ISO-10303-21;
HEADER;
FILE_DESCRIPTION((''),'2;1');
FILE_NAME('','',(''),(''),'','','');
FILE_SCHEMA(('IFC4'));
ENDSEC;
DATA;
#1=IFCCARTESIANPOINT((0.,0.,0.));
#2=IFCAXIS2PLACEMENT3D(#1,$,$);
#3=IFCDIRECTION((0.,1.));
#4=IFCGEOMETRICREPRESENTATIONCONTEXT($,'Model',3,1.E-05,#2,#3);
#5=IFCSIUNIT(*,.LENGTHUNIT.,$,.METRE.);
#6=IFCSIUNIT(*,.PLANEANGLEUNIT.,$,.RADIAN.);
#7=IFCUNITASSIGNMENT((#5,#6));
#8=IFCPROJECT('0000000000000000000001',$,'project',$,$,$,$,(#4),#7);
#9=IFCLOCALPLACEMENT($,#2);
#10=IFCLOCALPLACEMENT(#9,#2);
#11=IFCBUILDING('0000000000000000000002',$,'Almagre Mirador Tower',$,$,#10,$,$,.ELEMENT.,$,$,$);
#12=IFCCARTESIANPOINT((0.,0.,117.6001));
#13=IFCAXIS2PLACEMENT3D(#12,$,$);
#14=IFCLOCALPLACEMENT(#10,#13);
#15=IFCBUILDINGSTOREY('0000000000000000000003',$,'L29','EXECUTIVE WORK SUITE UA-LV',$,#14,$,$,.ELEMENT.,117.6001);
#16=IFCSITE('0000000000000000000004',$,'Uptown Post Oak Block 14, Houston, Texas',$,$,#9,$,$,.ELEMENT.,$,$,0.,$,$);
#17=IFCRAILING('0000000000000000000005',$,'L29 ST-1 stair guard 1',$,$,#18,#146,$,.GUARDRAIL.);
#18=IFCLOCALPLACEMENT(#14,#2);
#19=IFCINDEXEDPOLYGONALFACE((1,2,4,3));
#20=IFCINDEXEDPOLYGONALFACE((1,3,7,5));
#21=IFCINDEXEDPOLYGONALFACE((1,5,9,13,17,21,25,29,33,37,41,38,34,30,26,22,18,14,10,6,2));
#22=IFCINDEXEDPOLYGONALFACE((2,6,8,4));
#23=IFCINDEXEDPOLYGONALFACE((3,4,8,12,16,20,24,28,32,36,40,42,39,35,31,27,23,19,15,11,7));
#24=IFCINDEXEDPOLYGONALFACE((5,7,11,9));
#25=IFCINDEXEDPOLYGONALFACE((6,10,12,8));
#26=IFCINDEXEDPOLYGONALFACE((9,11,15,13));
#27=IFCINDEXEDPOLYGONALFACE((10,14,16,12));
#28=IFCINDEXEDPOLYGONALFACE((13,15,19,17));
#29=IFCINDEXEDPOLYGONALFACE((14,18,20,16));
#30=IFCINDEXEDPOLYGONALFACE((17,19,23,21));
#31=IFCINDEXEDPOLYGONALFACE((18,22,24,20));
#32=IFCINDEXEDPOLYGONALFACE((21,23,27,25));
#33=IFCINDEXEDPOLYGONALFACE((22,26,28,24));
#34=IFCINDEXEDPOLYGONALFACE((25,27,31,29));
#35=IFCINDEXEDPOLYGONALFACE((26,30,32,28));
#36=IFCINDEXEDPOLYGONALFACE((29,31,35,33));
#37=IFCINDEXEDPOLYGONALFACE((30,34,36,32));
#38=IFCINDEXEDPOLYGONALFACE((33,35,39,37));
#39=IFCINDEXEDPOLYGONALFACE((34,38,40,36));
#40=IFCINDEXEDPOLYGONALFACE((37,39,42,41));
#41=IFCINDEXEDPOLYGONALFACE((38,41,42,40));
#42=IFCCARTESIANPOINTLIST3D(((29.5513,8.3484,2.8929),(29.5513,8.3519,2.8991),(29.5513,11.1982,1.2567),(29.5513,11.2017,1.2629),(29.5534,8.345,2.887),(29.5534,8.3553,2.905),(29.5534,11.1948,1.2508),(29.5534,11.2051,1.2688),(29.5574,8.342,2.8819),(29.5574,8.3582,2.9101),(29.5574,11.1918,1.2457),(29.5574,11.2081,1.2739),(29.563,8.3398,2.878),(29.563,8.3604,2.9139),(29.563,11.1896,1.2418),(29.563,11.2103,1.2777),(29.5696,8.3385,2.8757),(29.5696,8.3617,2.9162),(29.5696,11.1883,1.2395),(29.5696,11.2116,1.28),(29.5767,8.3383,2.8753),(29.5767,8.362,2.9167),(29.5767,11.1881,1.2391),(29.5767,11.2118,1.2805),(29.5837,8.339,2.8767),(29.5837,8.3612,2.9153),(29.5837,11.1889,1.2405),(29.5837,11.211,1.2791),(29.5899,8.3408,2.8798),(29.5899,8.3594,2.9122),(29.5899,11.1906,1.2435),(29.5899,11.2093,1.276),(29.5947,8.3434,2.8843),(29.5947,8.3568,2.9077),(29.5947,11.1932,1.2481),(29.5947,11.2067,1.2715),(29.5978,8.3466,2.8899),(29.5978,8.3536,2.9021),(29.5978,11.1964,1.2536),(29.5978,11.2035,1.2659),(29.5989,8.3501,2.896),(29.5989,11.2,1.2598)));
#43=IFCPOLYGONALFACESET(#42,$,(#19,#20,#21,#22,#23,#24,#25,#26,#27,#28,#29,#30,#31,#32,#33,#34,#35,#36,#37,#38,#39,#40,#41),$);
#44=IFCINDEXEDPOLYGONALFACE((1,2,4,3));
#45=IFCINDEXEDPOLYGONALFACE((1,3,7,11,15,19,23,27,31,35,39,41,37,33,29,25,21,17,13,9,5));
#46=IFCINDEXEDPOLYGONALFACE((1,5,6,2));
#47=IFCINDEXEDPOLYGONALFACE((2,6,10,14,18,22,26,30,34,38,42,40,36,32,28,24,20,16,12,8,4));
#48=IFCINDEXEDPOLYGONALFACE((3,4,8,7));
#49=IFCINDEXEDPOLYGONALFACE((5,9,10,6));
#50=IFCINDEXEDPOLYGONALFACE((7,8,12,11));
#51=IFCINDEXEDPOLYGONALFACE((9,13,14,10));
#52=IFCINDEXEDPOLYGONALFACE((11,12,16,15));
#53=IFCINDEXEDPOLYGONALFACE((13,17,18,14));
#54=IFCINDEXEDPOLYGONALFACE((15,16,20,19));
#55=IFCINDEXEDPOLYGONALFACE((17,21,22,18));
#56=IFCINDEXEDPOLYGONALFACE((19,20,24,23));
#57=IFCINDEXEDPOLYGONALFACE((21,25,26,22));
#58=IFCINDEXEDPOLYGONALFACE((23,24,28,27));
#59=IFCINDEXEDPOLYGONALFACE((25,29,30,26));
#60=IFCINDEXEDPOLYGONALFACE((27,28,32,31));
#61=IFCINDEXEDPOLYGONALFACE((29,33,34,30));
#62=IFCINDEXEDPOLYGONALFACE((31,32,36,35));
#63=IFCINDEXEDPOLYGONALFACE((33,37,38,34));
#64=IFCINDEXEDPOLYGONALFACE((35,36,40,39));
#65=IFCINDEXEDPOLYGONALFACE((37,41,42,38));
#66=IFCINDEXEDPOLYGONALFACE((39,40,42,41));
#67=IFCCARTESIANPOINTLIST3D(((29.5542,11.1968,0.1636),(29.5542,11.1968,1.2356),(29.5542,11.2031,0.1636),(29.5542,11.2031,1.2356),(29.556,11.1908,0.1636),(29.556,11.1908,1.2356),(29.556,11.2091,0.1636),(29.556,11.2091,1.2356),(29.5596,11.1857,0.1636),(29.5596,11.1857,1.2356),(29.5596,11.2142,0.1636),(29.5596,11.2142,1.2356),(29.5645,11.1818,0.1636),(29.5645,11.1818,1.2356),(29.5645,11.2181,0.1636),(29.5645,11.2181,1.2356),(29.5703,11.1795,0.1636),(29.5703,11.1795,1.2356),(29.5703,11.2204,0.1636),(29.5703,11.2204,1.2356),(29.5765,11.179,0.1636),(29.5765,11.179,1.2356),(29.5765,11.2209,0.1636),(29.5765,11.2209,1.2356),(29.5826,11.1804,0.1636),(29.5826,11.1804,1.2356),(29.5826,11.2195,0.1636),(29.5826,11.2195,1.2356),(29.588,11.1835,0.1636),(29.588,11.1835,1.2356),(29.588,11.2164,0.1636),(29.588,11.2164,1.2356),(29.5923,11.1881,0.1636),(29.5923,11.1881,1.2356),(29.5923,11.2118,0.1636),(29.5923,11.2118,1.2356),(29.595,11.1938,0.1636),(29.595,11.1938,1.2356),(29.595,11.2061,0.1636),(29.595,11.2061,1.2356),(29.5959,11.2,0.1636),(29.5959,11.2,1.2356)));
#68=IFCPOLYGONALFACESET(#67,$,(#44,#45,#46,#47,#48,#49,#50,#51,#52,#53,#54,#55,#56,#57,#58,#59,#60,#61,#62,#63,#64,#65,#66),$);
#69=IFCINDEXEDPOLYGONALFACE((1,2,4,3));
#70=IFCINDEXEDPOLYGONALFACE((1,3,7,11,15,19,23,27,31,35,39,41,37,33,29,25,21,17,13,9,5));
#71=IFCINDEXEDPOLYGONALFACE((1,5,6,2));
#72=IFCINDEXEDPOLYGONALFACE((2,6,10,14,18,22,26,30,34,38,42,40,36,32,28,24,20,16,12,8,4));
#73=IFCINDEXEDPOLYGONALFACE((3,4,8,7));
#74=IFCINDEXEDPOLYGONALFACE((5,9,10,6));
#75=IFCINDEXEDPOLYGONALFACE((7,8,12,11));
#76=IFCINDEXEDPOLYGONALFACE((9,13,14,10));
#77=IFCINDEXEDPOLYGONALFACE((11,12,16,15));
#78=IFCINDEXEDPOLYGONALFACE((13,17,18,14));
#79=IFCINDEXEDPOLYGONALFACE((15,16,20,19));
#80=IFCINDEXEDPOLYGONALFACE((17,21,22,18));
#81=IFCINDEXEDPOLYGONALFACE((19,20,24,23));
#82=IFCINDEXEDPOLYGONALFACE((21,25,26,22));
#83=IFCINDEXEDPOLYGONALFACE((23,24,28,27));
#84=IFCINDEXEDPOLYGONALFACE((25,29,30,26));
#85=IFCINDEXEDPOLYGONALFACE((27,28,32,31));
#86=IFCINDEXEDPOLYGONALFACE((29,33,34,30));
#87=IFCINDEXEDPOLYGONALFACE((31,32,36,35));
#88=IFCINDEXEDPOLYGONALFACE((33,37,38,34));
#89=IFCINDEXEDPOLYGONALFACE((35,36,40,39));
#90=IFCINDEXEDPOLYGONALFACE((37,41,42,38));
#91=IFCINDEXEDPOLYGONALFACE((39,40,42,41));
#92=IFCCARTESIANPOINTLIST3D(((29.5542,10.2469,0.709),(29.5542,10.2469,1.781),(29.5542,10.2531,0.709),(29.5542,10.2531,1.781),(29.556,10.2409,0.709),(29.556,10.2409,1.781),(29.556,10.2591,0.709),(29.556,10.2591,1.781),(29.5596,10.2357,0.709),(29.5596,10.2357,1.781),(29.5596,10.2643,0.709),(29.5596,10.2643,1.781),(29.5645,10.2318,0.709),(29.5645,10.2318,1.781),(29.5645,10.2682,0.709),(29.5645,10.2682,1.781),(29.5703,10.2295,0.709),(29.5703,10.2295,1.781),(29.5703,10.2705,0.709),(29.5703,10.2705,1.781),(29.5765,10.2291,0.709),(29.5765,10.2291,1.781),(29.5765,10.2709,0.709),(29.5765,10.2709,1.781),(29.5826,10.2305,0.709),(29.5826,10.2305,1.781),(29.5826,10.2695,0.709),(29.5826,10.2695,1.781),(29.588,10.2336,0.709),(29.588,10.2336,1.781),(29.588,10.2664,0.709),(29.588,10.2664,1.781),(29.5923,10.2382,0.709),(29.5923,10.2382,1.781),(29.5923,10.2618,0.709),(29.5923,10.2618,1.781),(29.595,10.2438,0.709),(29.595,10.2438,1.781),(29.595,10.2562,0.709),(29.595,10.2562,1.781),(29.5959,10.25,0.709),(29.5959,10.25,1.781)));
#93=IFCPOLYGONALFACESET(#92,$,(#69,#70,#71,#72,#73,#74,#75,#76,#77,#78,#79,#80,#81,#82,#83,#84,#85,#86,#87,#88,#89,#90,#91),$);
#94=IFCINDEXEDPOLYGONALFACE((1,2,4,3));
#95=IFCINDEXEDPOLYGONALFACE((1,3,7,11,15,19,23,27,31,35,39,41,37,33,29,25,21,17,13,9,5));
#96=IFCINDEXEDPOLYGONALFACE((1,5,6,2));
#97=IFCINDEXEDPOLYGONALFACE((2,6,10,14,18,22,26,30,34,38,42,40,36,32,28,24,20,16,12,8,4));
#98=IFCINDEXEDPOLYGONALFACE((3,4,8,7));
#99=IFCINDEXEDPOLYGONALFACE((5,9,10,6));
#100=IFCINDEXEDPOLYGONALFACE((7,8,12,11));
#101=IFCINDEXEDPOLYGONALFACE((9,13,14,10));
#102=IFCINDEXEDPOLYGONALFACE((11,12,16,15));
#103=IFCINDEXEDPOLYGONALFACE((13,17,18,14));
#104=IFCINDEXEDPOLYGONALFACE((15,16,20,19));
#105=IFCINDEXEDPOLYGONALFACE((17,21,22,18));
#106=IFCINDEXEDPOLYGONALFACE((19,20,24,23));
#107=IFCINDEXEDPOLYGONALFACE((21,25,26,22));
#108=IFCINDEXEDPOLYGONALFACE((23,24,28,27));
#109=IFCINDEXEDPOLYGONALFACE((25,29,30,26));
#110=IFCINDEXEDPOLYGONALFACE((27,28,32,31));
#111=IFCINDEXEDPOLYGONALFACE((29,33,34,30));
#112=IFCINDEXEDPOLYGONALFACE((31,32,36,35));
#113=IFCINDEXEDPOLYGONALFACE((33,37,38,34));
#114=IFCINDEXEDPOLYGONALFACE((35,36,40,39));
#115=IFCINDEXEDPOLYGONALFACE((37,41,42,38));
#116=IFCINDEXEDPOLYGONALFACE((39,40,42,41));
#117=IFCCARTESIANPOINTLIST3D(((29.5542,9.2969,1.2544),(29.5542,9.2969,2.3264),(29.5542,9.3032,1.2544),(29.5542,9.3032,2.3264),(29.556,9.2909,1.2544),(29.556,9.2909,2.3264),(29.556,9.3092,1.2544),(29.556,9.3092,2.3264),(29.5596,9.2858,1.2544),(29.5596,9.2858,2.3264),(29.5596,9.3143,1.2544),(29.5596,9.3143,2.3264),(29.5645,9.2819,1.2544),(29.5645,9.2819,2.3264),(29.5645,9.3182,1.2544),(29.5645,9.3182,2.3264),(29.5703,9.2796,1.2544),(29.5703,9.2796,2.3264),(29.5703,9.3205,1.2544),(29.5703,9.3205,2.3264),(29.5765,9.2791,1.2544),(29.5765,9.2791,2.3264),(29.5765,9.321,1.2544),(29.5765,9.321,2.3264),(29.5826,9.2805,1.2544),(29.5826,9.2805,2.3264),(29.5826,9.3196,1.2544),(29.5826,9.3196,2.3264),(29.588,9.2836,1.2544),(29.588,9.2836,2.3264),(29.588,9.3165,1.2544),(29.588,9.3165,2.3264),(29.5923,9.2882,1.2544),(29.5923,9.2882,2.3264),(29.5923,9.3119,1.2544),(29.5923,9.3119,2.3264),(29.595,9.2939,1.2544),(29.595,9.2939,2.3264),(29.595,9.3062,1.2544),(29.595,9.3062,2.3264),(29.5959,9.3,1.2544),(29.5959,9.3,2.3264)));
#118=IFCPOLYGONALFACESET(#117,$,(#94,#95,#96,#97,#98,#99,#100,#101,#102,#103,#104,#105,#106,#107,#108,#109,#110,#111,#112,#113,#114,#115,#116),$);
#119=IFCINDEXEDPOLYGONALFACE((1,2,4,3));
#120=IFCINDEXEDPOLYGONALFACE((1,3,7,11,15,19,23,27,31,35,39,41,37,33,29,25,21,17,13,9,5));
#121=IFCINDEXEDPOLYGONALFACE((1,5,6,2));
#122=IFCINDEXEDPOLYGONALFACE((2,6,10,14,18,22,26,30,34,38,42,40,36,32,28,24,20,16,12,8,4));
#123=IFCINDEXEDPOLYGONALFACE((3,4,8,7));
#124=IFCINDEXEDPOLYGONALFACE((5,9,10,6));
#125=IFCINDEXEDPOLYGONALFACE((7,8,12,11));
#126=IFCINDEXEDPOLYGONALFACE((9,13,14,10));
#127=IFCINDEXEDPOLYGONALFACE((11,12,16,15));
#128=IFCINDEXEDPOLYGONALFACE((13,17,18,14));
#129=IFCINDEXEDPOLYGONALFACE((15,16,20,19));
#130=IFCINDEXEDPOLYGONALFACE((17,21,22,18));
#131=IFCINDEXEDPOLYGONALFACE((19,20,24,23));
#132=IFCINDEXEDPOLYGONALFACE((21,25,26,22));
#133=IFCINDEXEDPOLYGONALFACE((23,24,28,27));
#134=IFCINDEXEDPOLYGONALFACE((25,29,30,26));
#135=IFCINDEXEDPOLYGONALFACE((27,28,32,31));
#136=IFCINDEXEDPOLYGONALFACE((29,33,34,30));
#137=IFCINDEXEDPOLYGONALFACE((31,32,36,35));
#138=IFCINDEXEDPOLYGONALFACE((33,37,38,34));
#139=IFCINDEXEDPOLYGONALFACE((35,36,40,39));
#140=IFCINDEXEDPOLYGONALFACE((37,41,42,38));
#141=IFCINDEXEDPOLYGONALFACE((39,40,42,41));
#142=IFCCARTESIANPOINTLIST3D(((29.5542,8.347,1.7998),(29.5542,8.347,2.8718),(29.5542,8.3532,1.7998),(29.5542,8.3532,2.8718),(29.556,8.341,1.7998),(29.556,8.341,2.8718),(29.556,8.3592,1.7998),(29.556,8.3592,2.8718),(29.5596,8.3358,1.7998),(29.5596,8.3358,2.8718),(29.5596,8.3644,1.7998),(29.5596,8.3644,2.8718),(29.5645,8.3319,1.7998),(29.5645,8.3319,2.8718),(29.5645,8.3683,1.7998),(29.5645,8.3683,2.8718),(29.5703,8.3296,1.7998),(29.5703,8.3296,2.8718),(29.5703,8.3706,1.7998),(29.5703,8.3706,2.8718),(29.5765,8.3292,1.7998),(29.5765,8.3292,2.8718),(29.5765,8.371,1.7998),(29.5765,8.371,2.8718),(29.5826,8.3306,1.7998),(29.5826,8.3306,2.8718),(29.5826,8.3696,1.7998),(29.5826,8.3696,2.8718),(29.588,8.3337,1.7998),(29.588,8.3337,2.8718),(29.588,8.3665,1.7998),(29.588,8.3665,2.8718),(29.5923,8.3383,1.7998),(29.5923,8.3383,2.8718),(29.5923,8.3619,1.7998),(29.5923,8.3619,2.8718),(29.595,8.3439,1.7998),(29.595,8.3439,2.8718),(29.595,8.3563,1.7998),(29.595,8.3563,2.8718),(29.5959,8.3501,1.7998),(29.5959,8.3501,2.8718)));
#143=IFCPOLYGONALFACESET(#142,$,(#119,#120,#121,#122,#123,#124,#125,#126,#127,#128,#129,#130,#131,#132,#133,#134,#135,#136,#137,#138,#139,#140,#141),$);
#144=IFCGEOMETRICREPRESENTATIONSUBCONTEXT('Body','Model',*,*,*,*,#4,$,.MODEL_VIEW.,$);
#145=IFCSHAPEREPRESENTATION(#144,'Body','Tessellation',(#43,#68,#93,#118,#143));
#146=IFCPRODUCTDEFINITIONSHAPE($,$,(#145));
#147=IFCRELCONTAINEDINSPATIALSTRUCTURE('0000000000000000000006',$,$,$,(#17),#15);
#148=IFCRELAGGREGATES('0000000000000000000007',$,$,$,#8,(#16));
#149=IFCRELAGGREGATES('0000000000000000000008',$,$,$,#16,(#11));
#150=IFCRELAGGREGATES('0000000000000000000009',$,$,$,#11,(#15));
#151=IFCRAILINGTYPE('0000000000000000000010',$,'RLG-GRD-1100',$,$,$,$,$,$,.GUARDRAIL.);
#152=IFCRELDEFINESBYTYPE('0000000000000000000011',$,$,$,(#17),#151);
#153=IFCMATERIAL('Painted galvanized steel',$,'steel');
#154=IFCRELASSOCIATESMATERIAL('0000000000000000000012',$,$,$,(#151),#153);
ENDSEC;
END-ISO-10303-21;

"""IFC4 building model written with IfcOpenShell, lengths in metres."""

from ifc_helpers import new_model, si_unit, direction, frame, origin, origin_2d, place, context, subcontext, project, spatial, circle, extrude, material, type_object, element, save


model = new_model("IFC4")

# Units and contexts
model_context = context("Model", 3, precision=1e-05, world=origin(), true_north=direction((0.0, 1.0)))
body_context = subcontext(model_context, "Body", "Model", "MODEL_VIEW")
ifc_project = project(units=[si_unit("LENGTHUNIT", "METRE"), si_unit("PLANEANGLEUNIT", "RADIAN")], contexts=[model_context])

# Site, building, storey
site_placement = place(None, origin())
site = spatial("IfcSite", under=ifc_project, at=site_placement, Name="Uptown Post Oak Block 14, Houston, Texas", CompositionType="ELEMENT", RefElevation=0.0)
building_placement = place(site_placement, origin())
building = spatial("IfcBuilding", under=site, at=building_placement, Name="Almagre Mirador Tower", CompositionType="ELEMENT")
storey_placement = place(building_placement, frame((0.0, 0.0, 117.6001)))
storey = spatial("IfcBuildingStorey", under=building, at=storey_placement, Name="L29", Description="EXECUTIVE WORK SUITE UA-LV", CompositionType="ELEMENT", Elevation=117.6001)

# Railing
ifc_material_1 = material(Name="Painted galvanized steel", Category="steel")
railing_type_1 = type_object("IfcRailingType", Name="RLG-GRD-1100", PredefinedType="GUARDRAIL", material=ifc_material_1)
railing_1_placement = place(storey_placement, frame((29.575, 11.2, 0.1636)))
element("IfcRailing", 1, at=railing_1_placement, inside=storey, type_object=railing_type_1, Name="L29 ST-1 stair guard 1", PredefinedType="GUARDRAIL", context=body_context, shape_type="SweptSolid", body=[
    extrude(circle(Radius=0.0239, at=origin_2d()), frame((0.0, 0.0, 1.0962), z_axis=(0.0, -0.867226, 0.497914), x_axis=(1.0, 0.0, 0.0)), (0.0, 0.0, 1.0), 3.2861),
    extrude(circle(Radius=0.021, at=origin_2d()), origin(), (0.0, 0.0, 1.0), 1.072),
    extrude(circle(Radius=0.021, at=origin_2d()), frame((0.0, -0.95, 0.5454)), (0.0, 0.0, 1.0), 1.072),
    extrude(circle(Radius=0.021, at=origin_2d()), frame((0.0, -1.8999, 1.0908)), (0.0, 0.0, 1.0), 1.072),
    extrude(circle(Radius=0.021, at=origin_2d()), frame((0.0, -2.8499, 1.6362)), (0.0, 0.0, 1.0), 1.072),
])

save(model, "model.ifc")
